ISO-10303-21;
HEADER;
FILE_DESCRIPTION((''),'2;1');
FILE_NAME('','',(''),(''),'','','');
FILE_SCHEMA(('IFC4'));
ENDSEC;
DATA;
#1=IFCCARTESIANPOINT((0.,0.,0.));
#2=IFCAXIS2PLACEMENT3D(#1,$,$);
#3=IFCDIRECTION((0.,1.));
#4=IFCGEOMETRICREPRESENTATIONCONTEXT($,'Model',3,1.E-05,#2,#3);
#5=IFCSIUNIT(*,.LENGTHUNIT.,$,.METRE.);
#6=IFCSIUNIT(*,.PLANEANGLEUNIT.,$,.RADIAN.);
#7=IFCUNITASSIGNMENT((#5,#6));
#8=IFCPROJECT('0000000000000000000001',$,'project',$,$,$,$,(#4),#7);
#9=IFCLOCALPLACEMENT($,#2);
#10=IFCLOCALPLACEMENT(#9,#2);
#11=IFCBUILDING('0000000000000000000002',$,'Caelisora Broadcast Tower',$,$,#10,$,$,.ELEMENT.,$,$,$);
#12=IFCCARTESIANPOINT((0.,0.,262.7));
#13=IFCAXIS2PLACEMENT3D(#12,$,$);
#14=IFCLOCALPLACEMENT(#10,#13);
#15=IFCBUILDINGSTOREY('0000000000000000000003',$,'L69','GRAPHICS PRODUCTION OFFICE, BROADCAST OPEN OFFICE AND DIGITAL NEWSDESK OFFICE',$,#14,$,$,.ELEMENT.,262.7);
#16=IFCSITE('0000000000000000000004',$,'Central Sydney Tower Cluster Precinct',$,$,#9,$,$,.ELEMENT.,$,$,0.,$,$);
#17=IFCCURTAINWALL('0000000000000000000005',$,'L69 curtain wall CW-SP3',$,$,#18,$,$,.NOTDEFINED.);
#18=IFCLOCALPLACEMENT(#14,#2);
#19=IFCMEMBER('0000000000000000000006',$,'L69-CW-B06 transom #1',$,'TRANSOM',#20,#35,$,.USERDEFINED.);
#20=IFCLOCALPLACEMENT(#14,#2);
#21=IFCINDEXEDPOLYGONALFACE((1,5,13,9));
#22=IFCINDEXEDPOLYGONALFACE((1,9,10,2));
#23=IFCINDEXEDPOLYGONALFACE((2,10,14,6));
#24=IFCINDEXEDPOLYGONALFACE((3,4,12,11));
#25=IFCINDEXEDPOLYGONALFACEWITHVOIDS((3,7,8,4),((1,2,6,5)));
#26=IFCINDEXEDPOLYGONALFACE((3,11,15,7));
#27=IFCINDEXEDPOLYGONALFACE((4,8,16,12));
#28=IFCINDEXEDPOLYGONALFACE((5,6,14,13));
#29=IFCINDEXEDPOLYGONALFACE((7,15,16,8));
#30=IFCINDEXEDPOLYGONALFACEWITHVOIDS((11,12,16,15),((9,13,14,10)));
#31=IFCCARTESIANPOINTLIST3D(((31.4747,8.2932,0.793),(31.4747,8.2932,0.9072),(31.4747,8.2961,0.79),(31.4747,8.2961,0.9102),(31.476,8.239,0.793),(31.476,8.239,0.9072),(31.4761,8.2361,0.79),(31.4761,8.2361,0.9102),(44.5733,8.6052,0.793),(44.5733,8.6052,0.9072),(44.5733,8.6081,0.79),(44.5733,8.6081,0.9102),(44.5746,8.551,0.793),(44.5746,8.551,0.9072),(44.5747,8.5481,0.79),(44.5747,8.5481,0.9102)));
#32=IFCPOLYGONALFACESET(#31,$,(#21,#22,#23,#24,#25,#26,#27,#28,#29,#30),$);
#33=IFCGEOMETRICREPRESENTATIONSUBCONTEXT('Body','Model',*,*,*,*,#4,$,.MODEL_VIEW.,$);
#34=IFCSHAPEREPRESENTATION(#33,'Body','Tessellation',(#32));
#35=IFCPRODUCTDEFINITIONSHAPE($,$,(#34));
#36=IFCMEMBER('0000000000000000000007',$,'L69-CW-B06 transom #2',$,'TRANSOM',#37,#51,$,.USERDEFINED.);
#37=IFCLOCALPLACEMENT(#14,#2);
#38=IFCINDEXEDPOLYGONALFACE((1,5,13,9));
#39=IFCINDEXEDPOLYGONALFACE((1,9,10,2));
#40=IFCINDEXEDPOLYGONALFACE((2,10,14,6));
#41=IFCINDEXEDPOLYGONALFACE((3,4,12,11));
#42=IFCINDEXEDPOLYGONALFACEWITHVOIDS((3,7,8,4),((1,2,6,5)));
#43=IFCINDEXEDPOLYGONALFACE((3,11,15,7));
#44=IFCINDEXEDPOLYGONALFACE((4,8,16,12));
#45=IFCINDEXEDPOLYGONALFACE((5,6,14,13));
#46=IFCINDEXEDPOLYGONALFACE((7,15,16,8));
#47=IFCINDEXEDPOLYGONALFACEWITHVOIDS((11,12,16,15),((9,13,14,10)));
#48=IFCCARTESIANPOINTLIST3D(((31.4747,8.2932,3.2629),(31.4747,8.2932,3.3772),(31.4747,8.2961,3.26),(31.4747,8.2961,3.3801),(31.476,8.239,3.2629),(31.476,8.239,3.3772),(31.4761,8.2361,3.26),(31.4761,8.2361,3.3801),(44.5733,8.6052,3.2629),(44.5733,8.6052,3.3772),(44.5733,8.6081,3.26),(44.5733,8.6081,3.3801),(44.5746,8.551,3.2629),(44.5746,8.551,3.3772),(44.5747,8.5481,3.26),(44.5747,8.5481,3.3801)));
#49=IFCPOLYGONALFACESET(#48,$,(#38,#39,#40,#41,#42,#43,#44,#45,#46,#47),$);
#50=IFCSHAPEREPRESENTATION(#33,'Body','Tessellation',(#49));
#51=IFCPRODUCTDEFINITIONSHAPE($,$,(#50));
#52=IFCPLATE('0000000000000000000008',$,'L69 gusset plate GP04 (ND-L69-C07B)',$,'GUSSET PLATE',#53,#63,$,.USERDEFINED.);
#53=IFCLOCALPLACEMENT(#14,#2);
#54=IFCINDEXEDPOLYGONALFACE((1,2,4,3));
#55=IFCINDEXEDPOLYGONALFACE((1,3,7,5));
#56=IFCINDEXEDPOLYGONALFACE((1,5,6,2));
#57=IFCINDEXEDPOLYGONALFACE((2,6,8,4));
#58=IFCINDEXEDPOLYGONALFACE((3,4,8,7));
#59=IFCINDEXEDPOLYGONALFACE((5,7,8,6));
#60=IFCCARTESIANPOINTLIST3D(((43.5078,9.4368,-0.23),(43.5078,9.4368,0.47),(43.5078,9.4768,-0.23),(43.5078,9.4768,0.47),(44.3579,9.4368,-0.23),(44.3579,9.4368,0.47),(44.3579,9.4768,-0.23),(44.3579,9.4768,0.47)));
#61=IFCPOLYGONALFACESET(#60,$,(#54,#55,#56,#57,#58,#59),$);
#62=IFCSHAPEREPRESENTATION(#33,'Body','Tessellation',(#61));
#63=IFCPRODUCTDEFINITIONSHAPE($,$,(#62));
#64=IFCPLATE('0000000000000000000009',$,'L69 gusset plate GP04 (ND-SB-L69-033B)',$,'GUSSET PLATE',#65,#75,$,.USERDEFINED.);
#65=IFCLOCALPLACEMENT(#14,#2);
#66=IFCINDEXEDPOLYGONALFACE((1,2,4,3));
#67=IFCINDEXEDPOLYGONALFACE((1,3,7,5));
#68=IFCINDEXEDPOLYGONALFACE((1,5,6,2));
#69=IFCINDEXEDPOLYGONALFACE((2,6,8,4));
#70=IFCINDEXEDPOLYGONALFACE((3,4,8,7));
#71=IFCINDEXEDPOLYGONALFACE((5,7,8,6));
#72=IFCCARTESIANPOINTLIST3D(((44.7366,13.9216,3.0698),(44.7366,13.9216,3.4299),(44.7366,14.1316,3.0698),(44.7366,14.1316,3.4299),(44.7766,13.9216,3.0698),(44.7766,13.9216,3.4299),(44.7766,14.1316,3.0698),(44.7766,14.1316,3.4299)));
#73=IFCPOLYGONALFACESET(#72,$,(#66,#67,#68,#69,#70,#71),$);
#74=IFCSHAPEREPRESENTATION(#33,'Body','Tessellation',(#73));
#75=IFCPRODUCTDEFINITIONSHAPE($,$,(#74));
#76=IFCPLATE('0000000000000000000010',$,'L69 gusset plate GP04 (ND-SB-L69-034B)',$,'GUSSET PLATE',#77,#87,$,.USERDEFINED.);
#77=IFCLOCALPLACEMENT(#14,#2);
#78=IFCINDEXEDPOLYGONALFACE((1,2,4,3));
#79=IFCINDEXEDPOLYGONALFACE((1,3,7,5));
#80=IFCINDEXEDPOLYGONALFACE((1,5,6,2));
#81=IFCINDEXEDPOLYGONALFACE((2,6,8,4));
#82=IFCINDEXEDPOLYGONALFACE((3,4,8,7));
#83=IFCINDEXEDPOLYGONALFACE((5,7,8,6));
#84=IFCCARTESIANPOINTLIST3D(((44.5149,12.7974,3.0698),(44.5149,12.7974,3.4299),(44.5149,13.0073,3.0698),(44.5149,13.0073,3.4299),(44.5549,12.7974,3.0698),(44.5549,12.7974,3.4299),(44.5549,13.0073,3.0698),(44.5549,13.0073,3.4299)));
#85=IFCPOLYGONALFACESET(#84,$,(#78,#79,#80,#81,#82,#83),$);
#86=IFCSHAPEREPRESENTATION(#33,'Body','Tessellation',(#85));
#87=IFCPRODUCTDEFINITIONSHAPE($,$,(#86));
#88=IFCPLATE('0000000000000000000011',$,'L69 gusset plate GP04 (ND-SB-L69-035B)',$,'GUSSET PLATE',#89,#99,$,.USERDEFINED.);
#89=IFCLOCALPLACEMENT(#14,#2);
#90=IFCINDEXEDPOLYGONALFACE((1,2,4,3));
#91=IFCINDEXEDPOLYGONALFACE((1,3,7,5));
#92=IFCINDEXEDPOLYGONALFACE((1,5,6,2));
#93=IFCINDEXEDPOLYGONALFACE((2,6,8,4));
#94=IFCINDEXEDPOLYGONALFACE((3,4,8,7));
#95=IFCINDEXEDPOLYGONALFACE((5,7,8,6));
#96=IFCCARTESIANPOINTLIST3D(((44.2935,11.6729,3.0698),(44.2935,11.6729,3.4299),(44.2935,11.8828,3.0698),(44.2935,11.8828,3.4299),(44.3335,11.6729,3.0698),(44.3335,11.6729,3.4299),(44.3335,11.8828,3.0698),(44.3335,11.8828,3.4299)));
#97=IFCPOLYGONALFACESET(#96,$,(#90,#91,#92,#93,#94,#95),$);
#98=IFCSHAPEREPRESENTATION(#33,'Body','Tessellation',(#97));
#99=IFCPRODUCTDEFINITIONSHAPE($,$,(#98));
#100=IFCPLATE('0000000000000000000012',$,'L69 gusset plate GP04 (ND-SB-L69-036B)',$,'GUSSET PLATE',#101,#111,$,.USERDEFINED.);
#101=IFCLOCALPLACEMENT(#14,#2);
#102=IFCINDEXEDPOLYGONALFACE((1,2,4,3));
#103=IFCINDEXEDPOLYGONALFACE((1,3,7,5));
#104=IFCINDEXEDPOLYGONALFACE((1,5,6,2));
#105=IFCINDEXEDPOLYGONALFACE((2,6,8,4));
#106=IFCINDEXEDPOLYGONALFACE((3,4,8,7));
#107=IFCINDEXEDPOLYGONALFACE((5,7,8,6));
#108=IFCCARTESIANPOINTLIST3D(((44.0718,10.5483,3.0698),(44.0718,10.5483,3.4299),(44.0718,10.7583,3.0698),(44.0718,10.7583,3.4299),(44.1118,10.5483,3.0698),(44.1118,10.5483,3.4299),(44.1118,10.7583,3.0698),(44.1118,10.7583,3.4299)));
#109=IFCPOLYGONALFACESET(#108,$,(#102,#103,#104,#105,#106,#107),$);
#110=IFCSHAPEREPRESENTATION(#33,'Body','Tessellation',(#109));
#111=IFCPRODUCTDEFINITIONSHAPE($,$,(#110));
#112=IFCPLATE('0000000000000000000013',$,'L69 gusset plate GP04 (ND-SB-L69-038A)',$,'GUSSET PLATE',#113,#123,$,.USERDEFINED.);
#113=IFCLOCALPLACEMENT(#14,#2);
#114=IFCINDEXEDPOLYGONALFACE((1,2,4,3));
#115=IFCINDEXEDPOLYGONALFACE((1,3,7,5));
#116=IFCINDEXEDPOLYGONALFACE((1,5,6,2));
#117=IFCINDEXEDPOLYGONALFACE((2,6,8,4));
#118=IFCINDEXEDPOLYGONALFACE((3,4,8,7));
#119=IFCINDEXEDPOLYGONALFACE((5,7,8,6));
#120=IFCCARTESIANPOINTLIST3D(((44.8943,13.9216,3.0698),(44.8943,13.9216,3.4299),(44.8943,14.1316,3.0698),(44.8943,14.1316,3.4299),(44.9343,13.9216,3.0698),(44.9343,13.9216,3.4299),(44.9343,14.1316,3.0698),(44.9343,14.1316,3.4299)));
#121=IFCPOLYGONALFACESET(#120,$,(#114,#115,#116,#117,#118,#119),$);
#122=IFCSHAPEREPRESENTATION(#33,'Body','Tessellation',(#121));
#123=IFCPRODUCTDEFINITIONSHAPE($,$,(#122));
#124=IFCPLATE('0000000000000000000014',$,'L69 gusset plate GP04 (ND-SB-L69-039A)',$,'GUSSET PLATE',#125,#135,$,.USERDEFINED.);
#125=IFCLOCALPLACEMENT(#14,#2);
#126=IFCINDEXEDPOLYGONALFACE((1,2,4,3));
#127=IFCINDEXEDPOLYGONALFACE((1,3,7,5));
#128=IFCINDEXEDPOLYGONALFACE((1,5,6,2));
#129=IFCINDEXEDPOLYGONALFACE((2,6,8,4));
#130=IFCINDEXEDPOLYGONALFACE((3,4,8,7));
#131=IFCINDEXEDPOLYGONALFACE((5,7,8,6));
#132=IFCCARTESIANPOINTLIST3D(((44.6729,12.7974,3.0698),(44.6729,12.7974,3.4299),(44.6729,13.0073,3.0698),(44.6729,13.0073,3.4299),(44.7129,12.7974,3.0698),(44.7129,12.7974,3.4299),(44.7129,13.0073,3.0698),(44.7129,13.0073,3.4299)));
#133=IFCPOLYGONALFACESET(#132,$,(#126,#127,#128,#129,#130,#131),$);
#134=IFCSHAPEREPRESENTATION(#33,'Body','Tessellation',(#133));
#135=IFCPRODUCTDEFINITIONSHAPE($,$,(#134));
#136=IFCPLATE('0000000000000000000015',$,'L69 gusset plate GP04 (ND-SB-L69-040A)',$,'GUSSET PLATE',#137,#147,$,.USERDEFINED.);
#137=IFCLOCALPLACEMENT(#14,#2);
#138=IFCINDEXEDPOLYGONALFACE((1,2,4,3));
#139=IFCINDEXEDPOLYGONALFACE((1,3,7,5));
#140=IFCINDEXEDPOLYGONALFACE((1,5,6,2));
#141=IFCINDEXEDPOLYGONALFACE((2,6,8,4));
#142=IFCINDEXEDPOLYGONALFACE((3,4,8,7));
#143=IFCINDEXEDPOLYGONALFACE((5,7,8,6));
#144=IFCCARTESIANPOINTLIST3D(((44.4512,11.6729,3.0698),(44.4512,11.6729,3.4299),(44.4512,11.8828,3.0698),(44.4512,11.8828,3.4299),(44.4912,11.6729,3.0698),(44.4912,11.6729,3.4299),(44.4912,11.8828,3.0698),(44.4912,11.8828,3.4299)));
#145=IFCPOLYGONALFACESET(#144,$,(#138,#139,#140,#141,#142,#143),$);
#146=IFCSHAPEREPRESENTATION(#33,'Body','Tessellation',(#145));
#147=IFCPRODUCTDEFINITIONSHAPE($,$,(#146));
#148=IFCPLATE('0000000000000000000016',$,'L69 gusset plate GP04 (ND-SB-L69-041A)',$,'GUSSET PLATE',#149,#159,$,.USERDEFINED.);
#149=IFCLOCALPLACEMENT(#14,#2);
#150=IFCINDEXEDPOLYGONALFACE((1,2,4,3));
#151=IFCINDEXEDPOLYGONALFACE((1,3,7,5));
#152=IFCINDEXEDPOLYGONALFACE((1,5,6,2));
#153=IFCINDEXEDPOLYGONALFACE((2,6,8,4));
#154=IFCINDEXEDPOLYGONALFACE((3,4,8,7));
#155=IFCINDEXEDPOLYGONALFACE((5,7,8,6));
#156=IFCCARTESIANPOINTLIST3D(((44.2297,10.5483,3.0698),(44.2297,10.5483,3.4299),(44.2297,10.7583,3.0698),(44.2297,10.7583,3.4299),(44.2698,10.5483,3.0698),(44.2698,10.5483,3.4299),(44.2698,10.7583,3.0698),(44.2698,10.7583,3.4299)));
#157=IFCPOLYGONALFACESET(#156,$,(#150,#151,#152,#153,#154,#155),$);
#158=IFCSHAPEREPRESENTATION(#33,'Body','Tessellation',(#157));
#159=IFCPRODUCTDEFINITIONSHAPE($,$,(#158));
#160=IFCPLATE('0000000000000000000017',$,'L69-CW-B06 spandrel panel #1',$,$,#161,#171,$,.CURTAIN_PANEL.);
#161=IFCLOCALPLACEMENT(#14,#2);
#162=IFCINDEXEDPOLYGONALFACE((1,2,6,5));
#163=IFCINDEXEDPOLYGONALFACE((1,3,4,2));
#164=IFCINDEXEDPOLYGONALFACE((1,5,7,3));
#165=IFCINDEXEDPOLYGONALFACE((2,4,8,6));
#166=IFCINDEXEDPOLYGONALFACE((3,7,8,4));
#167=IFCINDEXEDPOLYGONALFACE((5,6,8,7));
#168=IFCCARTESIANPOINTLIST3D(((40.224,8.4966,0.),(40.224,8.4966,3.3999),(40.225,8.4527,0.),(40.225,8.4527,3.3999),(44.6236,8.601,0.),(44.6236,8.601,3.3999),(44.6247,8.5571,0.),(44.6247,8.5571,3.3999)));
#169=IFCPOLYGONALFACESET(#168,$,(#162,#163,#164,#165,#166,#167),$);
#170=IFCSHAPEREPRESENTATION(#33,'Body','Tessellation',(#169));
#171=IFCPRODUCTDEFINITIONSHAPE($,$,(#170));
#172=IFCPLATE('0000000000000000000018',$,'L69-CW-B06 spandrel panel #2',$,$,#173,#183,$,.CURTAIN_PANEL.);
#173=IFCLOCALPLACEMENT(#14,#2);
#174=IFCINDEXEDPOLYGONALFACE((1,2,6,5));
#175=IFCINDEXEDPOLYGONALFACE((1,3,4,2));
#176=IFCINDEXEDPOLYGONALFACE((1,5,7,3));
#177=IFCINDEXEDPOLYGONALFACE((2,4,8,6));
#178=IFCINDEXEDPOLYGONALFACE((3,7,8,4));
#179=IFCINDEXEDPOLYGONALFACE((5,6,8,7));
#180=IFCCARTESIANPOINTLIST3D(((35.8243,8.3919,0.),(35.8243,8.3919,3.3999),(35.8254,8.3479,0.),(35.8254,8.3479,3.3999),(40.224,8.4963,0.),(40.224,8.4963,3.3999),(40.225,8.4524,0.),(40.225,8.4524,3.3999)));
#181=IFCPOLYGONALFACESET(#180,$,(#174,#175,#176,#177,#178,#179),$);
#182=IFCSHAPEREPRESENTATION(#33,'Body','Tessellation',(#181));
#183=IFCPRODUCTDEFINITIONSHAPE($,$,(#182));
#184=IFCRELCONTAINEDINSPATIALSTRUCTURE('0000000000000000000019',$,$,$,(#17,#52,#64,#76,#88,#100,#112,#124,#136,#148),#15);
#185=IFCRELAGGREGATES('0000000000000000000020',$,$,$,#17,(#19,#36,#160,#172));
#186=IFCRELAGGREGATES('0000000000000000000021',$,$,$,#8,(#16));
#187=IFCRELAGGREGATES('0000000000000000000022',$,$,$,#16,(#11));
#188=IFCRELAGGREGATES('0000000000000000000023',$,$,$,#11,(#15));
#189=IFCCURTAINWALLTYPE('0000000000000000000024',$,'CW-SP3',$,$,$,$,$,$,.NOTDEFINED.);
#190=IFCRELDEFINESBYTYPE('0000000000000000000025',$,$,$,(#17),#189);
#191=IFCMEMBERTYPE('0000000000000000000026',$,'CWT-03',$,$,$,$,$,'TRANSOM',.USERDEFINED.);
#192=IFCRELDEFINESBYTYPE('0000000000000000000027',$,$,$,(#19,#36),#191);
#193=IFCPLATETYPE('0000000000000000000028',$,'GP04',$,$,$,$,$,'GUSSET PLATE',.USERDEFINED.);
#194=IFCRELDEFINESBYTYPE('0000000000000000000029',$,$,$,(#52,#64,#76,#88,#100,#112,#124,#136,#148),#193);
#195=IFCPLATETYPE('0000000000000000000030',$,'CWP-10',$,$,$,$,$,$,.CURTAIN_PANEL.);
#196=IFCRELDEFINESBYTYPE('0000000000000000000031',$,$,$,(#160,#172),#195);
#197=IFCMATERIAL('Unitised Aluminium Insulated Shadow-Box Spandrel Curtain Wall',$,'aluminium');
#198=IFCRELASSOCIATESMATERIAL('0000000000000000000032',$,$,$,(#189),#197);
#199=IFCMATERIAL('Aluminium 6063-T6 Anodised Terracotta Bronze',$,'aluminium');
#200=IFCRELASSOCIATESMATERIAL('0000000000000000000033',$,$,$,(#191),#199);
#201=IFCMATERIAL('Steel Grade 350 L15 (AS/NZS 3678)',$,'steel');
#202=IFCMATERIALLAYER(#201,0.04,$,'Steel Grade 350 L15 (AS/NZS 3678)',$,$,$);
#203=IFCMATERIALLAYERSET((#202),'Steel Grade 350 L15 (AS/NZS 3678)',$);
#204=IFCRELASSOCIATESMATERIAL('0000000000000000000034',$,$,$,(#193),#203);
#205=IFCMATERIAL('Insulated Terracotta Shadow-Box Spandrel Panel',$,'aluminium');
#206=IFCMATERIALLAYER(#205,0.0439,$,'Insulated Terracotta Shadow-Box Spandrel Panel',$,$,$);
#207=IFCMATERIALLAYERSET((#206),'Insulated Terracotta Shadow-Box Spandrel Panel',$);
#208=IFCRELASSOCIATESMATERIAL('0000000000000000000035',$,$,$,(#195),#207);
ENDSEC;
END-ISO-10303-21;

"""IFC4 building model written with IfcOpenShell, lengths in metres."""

from ifc_helpers import new_model, si_unit, direction, frame, origin, origin_2d, place, context, subcontext, project, spatial, rectangle, hollow_rectangle, extrude, source, transform, mapped, material, layer, layer_set, material_profile, profile_set, type_object, type_shapes, element, aggregate, save


model = new_model("IFC4")

# Units and contexts
model_context = context("Model", 3, precision=1e-05, world=origin(), true_north=direction((0.0, 1.0)))
body_context = subcontext(model_context, "Body", "Model", "MODEL_VIEW")
ifc_project = project(units=[si_unit("LENGTHUNIT", "METRE"), si_unit("PLANEANGLEUNIT", "RADIAN")], contexts=[model_context])

# Site, building, storey
site_placement = place(None, origin())
site = spatial("IfcSite", under=ifc_project, at=site_placement, Name="Central Sydney Tower Cluster Precinct", CompositionType="ELEMENT", RefElevation=0.0)
building_placement = place(site_placement, origin())
building = spatial("IfcBuilding", under=site, at=building_placement, Name="Caelisora Broadcast Tower", CompositionType="ELEMENT")
storey_placement = place(building_placement, frame((0.0, 0.0, 262.7)))
storey = spatial("IfcBuildingStorey", under=building, at=storey_placement, Name="L69", Description="GRAPHICS PRODUCTION OFFICE, BROADCAST OPEN OFFICE AND DIGITAL NEWSDESK OFFICE", CompositionType="ELEMENT", Elevation=262.7)

# Shared definitions
ifc_material_1 = material(Name="Steel Grade 350 L15 (AS/NZS 3678)", Category="steel")

# Shared definitions
ifc_material_2 = material(Name="Aluminium 6063-T6 Anodised Terracotta Bronze", Category="aluminium")

# Curtain wall, members
ifc_material_3 = material(Name="Unitised Aluminium Insulated Shadow-Box Spandrel Curtain Wall", Category="aluminium")
curtain_wall_type_1 = type_object("IfcCurtainWallType", Name="CW-SP3", PredefinedType="NOTDEFINED", material=ifc_material_3)
curtain_wall_1_placement = place(storey_placement, origin())
curtain_wall_1 = element("IfcCurtainWall", 1, at=curtain_wall_1_placement, inside=storey, type_object=curtain_wall_type_1, Name="L69 curtain wall CW-SP3", PredefinedType="NOTDEFINED")
ifc_material_profile_1 = material_profile(ifc_material_2, hollow_rectangle(XDim=0.0601, YDim=0.1201, WallThickness=0.0029, at=origin_2d()), Name="Aluminium 6063-T6 Anodised Terracotta Bronze")
ifc_profile_set_1 = profile_set([ifc_material_profile_1], Name="Aluminium 6063-T6 Anodised Terracotta Bronze")
member_type_1 = type_object("IfcMemberType", Name="CWT-03", ElementType="TRANSOM", PredefinedType="USERDEFINED", material=ifc_profile_set_1)
shared_shape_1 = source(origin(), body_context, "Body", "SweptSolid", [
    extrude(hollow_rectangle(XDim=0.0601, YDim=0.1201, WallThickness=0.0029, at=origin_2d()), origin(), (0.0, 0.0, 1.0), 13.1023),
])
type_shapes(member_type_1, [shared_shape_1])
member_1_placement = place(storey_placement, frame((44.574, 8.5781, 0.8501), z_axis=(-0.999716, -0.023813, 0.0), x_axis=(0.023813, -0.999716, 0.0)))
member_1 = element("IfcMember", 2, at=member_1_placement, type_object=member_type_1, Name="L69-CW-B06 transom #1", ObjectType="TRANSOM", PredefinedType="USERDEFINED", context=body_context, shape_type="MappedRepresentation", body=[
    mapped(shared_shape_1, transform((0.0, 0.0, 0.0), scale=1.0)),
])
member_2_placement = place(storey_placement, frame((44.574, 8.5781, 3.3201), z_axis=(-0.999716, -0.023813, 0.0), x_axis=(0.023813, -0.999716, 0.0)))
member_2 = element("IfcMember", 3, at=member_2_placement, type_object=member_type_1, Name="L69-CW-B06 transom #2", ObjectType="TRANSOM", PredefinedType="USERDEFINED", context=body_context, shape_type="MappedRepresentation", body=[
    mapped(shared_shape_1, transform((0.0, 0.0, 0.0), scale=1.0)),
])

# Plates
ifc_layer_1 = layer(ifc_material_1, 0.04, Name="Steel Grade 350 L15 (AS/NZS 3678)")
ifc_layer_set_1 = layer_set([ifc_layer_1], Name="Steel Grade 350 L15 (AS/NZS 3678)")
plate_type_1 = type_object("IfcPlateType", Name="GP04", ElementType="GUSSET PLATE", PredefinedType="USERDEFINED", material=ifc_layer_set_1)
shared_shape_2 = source(origin(), body_context, "Body", "SweptSolid", [
    extrude(rectangle(XDim=0.8501, YDim=0.04, at=origin_2d()), origin(), (0.0, 0.0, 1.0), 0.7),
])
plate_1_placement = place(storey_placement, frame((43.9329, 9.4568, -0.23), z_axis=(0.0, 0.0, 1.0), x_axis=(1.0, 0.0, 0.0)))
element("IfcPlate", 4, at=plate_1_placement, inside=storey, type_object=plate_type_1, Name="L69 gusset plate GP04 (ND-L69-C07B)", ObjectType="GUSSET PLATE", PredefinedType="USERDEFINED", context=body_context, shape_type="MappedRepresentation", body=[
    mapped(shared_shape_2, transform((0.0, 0.0, 0.0), scale=1.0)),
])
shared_shape_3 = source(origin(), body_context, "Body", "SweptSolid", [
    extrude(rectangle(XDim=0.21, YDim=0.04, at=origin_2d()), origin(), (0.0, 0.0, 1.0), 0.3601),
])
type_shapes(plate_type_1, [shared_shape_2, shared_shape_3])
for number, where, z_axis, x_axis, name in (
    (5, (44.7566, 14.0266, 3.0698), (0.0, 0.0, 1.0), (0.0, 1.0, 0.0), "L69 gusset plate GP04 (ND-SB-L69-033B)"),
    (6, (44.5349, 12.9023, 3.0698), (0.0, 0.0, 1.0), (0.0, 1.0, 0.0), "L69 gusset plate GP04 (ND-SB-L69-034B)"),
    (7, (44.3135, 11.7778, 3.0698), (0.0, 0.0, 1.0), (0.0, 1.0, 0.0), "L69 gusset plate GP04 (ND-SB-L69-035B)"),
    (8, (44.0918, 10.6533, 3.0698), (0.0, 0.0, 1.0), (0.0, 1.0, 0.0), "L69 gusset plate GP04 (ND-SB-L69-036B)"),
    (9, (44.9143, 14.0266, 3.0698), (0.0, 0.0, 1.0), (0.0, 1.0, 0.0), "L69 gusset plate GP04 (ND-SB-L69-038A)"),
    (10, (44.6929, 12.9023, 3.0698), (0.0, 0.0, 1.0), (0.0, 1.0, 0.0), "L69 gusset plate GP04 (ND-SB-L69-039A)"),
    (11, (44.4712, 11.7778, 3.0698), (0.0, 0.0, 1.0), (0.0, 1.0, 0.0), "L69 gusset plate GP04 (ND-SB-L69-040A)"),
    (12, (44.2498, 10.6533, 3.0698), (0.0, 0.0, 1.0), (0.0, 1.0, 0.0), "L69 gusset plate GP04 (ND-SB-L69-041A)"),
):
    element("IfcPlate", number, at=place(storey_placement, frame(where, z_axis=z_axis, x_axis=x_axis)), inside=storey, type_object=plate_type_1, Name=name, ObjectType="GUSSET PLATE", PredefinedType="USERDEFINED", context=body_context, shape_type="MappedRepresentation", body=[
        mapped(shared_shape_3, transform((0.0, 0.0, 0.0), scale=1.0)),
    ])

# Plates
ifc_material_4 = material(Name="Insulated Terracotta Shadow-Box Spandrel Panel", Category="aluminium")
ifc_layer_2 = layer(ifc_material_4, 0.0439, Name="Insulated Terracotta Shadow-Box Spandrel Panel")
ifc_layer_set_2 = layer_set([ifc_layer_2], Name="Insulated Terracotta Shadow-Box Spandrel Panel")
plate_type_2 = type_object("IfcPlateType", Name="CWP-10", PredefinedType="CURTAIN_PANEL", material=ifc_layer_set_2)
shared_shape_4 = source(origin(), body_context, "Body", "SweptSolid", [
    extrude(rectangle(XDim=4.4009, YDim=0.0439, at=origin_2d()), origin(), (0.0, 0.0, 1.0), 3.3999),
])
type_shapes(plate_type_2, [shared_shape_4])
plate_2_placement = place(storey_placement, frame((42.4243, 8.5269, 0.0), z_axis=(0.0, 0.0, 1.0), x_axis=(-0.999718, -0.023734, 0.0)))
plate_2 = element("IfcPlate", 13, at=plate_2_placement, type_object=plate_type_2, Name="L69-CW-B06 spandrel panel #1", PredefinedType="CURTAIN_PANEL", context=body_context, shape_type="MappedRepresentation", body=[
    mapped(shared_shape_4, transform((0.0, 0.0, 0.0), scale=1.0)),
])
plate_3_placement = place(storey_placement, frame((38.0247, 8.4221, 0.0), z_axis=(0.0, 0.0, 1.0), x_axis=(-0.999718, -0.023734, 0.0)))
plate_3 = element("IfcPlate", 14, at=plate_3_placement, type_object=plate_type_2, Name="L69-CW-B06 spandrel panel #2", PredefinedType="CURTAIN_PANEL", context=body_context, shape_type="MappedRepresentation", body=[
    mapped(shared_shape_4, transform((0.0, 0.0, 0.0), scale=1.0)),
])
aggregate(curtain_wall_1, [member_1, member_2, plate_2, plate_3])

save(model, "model.ifc")
